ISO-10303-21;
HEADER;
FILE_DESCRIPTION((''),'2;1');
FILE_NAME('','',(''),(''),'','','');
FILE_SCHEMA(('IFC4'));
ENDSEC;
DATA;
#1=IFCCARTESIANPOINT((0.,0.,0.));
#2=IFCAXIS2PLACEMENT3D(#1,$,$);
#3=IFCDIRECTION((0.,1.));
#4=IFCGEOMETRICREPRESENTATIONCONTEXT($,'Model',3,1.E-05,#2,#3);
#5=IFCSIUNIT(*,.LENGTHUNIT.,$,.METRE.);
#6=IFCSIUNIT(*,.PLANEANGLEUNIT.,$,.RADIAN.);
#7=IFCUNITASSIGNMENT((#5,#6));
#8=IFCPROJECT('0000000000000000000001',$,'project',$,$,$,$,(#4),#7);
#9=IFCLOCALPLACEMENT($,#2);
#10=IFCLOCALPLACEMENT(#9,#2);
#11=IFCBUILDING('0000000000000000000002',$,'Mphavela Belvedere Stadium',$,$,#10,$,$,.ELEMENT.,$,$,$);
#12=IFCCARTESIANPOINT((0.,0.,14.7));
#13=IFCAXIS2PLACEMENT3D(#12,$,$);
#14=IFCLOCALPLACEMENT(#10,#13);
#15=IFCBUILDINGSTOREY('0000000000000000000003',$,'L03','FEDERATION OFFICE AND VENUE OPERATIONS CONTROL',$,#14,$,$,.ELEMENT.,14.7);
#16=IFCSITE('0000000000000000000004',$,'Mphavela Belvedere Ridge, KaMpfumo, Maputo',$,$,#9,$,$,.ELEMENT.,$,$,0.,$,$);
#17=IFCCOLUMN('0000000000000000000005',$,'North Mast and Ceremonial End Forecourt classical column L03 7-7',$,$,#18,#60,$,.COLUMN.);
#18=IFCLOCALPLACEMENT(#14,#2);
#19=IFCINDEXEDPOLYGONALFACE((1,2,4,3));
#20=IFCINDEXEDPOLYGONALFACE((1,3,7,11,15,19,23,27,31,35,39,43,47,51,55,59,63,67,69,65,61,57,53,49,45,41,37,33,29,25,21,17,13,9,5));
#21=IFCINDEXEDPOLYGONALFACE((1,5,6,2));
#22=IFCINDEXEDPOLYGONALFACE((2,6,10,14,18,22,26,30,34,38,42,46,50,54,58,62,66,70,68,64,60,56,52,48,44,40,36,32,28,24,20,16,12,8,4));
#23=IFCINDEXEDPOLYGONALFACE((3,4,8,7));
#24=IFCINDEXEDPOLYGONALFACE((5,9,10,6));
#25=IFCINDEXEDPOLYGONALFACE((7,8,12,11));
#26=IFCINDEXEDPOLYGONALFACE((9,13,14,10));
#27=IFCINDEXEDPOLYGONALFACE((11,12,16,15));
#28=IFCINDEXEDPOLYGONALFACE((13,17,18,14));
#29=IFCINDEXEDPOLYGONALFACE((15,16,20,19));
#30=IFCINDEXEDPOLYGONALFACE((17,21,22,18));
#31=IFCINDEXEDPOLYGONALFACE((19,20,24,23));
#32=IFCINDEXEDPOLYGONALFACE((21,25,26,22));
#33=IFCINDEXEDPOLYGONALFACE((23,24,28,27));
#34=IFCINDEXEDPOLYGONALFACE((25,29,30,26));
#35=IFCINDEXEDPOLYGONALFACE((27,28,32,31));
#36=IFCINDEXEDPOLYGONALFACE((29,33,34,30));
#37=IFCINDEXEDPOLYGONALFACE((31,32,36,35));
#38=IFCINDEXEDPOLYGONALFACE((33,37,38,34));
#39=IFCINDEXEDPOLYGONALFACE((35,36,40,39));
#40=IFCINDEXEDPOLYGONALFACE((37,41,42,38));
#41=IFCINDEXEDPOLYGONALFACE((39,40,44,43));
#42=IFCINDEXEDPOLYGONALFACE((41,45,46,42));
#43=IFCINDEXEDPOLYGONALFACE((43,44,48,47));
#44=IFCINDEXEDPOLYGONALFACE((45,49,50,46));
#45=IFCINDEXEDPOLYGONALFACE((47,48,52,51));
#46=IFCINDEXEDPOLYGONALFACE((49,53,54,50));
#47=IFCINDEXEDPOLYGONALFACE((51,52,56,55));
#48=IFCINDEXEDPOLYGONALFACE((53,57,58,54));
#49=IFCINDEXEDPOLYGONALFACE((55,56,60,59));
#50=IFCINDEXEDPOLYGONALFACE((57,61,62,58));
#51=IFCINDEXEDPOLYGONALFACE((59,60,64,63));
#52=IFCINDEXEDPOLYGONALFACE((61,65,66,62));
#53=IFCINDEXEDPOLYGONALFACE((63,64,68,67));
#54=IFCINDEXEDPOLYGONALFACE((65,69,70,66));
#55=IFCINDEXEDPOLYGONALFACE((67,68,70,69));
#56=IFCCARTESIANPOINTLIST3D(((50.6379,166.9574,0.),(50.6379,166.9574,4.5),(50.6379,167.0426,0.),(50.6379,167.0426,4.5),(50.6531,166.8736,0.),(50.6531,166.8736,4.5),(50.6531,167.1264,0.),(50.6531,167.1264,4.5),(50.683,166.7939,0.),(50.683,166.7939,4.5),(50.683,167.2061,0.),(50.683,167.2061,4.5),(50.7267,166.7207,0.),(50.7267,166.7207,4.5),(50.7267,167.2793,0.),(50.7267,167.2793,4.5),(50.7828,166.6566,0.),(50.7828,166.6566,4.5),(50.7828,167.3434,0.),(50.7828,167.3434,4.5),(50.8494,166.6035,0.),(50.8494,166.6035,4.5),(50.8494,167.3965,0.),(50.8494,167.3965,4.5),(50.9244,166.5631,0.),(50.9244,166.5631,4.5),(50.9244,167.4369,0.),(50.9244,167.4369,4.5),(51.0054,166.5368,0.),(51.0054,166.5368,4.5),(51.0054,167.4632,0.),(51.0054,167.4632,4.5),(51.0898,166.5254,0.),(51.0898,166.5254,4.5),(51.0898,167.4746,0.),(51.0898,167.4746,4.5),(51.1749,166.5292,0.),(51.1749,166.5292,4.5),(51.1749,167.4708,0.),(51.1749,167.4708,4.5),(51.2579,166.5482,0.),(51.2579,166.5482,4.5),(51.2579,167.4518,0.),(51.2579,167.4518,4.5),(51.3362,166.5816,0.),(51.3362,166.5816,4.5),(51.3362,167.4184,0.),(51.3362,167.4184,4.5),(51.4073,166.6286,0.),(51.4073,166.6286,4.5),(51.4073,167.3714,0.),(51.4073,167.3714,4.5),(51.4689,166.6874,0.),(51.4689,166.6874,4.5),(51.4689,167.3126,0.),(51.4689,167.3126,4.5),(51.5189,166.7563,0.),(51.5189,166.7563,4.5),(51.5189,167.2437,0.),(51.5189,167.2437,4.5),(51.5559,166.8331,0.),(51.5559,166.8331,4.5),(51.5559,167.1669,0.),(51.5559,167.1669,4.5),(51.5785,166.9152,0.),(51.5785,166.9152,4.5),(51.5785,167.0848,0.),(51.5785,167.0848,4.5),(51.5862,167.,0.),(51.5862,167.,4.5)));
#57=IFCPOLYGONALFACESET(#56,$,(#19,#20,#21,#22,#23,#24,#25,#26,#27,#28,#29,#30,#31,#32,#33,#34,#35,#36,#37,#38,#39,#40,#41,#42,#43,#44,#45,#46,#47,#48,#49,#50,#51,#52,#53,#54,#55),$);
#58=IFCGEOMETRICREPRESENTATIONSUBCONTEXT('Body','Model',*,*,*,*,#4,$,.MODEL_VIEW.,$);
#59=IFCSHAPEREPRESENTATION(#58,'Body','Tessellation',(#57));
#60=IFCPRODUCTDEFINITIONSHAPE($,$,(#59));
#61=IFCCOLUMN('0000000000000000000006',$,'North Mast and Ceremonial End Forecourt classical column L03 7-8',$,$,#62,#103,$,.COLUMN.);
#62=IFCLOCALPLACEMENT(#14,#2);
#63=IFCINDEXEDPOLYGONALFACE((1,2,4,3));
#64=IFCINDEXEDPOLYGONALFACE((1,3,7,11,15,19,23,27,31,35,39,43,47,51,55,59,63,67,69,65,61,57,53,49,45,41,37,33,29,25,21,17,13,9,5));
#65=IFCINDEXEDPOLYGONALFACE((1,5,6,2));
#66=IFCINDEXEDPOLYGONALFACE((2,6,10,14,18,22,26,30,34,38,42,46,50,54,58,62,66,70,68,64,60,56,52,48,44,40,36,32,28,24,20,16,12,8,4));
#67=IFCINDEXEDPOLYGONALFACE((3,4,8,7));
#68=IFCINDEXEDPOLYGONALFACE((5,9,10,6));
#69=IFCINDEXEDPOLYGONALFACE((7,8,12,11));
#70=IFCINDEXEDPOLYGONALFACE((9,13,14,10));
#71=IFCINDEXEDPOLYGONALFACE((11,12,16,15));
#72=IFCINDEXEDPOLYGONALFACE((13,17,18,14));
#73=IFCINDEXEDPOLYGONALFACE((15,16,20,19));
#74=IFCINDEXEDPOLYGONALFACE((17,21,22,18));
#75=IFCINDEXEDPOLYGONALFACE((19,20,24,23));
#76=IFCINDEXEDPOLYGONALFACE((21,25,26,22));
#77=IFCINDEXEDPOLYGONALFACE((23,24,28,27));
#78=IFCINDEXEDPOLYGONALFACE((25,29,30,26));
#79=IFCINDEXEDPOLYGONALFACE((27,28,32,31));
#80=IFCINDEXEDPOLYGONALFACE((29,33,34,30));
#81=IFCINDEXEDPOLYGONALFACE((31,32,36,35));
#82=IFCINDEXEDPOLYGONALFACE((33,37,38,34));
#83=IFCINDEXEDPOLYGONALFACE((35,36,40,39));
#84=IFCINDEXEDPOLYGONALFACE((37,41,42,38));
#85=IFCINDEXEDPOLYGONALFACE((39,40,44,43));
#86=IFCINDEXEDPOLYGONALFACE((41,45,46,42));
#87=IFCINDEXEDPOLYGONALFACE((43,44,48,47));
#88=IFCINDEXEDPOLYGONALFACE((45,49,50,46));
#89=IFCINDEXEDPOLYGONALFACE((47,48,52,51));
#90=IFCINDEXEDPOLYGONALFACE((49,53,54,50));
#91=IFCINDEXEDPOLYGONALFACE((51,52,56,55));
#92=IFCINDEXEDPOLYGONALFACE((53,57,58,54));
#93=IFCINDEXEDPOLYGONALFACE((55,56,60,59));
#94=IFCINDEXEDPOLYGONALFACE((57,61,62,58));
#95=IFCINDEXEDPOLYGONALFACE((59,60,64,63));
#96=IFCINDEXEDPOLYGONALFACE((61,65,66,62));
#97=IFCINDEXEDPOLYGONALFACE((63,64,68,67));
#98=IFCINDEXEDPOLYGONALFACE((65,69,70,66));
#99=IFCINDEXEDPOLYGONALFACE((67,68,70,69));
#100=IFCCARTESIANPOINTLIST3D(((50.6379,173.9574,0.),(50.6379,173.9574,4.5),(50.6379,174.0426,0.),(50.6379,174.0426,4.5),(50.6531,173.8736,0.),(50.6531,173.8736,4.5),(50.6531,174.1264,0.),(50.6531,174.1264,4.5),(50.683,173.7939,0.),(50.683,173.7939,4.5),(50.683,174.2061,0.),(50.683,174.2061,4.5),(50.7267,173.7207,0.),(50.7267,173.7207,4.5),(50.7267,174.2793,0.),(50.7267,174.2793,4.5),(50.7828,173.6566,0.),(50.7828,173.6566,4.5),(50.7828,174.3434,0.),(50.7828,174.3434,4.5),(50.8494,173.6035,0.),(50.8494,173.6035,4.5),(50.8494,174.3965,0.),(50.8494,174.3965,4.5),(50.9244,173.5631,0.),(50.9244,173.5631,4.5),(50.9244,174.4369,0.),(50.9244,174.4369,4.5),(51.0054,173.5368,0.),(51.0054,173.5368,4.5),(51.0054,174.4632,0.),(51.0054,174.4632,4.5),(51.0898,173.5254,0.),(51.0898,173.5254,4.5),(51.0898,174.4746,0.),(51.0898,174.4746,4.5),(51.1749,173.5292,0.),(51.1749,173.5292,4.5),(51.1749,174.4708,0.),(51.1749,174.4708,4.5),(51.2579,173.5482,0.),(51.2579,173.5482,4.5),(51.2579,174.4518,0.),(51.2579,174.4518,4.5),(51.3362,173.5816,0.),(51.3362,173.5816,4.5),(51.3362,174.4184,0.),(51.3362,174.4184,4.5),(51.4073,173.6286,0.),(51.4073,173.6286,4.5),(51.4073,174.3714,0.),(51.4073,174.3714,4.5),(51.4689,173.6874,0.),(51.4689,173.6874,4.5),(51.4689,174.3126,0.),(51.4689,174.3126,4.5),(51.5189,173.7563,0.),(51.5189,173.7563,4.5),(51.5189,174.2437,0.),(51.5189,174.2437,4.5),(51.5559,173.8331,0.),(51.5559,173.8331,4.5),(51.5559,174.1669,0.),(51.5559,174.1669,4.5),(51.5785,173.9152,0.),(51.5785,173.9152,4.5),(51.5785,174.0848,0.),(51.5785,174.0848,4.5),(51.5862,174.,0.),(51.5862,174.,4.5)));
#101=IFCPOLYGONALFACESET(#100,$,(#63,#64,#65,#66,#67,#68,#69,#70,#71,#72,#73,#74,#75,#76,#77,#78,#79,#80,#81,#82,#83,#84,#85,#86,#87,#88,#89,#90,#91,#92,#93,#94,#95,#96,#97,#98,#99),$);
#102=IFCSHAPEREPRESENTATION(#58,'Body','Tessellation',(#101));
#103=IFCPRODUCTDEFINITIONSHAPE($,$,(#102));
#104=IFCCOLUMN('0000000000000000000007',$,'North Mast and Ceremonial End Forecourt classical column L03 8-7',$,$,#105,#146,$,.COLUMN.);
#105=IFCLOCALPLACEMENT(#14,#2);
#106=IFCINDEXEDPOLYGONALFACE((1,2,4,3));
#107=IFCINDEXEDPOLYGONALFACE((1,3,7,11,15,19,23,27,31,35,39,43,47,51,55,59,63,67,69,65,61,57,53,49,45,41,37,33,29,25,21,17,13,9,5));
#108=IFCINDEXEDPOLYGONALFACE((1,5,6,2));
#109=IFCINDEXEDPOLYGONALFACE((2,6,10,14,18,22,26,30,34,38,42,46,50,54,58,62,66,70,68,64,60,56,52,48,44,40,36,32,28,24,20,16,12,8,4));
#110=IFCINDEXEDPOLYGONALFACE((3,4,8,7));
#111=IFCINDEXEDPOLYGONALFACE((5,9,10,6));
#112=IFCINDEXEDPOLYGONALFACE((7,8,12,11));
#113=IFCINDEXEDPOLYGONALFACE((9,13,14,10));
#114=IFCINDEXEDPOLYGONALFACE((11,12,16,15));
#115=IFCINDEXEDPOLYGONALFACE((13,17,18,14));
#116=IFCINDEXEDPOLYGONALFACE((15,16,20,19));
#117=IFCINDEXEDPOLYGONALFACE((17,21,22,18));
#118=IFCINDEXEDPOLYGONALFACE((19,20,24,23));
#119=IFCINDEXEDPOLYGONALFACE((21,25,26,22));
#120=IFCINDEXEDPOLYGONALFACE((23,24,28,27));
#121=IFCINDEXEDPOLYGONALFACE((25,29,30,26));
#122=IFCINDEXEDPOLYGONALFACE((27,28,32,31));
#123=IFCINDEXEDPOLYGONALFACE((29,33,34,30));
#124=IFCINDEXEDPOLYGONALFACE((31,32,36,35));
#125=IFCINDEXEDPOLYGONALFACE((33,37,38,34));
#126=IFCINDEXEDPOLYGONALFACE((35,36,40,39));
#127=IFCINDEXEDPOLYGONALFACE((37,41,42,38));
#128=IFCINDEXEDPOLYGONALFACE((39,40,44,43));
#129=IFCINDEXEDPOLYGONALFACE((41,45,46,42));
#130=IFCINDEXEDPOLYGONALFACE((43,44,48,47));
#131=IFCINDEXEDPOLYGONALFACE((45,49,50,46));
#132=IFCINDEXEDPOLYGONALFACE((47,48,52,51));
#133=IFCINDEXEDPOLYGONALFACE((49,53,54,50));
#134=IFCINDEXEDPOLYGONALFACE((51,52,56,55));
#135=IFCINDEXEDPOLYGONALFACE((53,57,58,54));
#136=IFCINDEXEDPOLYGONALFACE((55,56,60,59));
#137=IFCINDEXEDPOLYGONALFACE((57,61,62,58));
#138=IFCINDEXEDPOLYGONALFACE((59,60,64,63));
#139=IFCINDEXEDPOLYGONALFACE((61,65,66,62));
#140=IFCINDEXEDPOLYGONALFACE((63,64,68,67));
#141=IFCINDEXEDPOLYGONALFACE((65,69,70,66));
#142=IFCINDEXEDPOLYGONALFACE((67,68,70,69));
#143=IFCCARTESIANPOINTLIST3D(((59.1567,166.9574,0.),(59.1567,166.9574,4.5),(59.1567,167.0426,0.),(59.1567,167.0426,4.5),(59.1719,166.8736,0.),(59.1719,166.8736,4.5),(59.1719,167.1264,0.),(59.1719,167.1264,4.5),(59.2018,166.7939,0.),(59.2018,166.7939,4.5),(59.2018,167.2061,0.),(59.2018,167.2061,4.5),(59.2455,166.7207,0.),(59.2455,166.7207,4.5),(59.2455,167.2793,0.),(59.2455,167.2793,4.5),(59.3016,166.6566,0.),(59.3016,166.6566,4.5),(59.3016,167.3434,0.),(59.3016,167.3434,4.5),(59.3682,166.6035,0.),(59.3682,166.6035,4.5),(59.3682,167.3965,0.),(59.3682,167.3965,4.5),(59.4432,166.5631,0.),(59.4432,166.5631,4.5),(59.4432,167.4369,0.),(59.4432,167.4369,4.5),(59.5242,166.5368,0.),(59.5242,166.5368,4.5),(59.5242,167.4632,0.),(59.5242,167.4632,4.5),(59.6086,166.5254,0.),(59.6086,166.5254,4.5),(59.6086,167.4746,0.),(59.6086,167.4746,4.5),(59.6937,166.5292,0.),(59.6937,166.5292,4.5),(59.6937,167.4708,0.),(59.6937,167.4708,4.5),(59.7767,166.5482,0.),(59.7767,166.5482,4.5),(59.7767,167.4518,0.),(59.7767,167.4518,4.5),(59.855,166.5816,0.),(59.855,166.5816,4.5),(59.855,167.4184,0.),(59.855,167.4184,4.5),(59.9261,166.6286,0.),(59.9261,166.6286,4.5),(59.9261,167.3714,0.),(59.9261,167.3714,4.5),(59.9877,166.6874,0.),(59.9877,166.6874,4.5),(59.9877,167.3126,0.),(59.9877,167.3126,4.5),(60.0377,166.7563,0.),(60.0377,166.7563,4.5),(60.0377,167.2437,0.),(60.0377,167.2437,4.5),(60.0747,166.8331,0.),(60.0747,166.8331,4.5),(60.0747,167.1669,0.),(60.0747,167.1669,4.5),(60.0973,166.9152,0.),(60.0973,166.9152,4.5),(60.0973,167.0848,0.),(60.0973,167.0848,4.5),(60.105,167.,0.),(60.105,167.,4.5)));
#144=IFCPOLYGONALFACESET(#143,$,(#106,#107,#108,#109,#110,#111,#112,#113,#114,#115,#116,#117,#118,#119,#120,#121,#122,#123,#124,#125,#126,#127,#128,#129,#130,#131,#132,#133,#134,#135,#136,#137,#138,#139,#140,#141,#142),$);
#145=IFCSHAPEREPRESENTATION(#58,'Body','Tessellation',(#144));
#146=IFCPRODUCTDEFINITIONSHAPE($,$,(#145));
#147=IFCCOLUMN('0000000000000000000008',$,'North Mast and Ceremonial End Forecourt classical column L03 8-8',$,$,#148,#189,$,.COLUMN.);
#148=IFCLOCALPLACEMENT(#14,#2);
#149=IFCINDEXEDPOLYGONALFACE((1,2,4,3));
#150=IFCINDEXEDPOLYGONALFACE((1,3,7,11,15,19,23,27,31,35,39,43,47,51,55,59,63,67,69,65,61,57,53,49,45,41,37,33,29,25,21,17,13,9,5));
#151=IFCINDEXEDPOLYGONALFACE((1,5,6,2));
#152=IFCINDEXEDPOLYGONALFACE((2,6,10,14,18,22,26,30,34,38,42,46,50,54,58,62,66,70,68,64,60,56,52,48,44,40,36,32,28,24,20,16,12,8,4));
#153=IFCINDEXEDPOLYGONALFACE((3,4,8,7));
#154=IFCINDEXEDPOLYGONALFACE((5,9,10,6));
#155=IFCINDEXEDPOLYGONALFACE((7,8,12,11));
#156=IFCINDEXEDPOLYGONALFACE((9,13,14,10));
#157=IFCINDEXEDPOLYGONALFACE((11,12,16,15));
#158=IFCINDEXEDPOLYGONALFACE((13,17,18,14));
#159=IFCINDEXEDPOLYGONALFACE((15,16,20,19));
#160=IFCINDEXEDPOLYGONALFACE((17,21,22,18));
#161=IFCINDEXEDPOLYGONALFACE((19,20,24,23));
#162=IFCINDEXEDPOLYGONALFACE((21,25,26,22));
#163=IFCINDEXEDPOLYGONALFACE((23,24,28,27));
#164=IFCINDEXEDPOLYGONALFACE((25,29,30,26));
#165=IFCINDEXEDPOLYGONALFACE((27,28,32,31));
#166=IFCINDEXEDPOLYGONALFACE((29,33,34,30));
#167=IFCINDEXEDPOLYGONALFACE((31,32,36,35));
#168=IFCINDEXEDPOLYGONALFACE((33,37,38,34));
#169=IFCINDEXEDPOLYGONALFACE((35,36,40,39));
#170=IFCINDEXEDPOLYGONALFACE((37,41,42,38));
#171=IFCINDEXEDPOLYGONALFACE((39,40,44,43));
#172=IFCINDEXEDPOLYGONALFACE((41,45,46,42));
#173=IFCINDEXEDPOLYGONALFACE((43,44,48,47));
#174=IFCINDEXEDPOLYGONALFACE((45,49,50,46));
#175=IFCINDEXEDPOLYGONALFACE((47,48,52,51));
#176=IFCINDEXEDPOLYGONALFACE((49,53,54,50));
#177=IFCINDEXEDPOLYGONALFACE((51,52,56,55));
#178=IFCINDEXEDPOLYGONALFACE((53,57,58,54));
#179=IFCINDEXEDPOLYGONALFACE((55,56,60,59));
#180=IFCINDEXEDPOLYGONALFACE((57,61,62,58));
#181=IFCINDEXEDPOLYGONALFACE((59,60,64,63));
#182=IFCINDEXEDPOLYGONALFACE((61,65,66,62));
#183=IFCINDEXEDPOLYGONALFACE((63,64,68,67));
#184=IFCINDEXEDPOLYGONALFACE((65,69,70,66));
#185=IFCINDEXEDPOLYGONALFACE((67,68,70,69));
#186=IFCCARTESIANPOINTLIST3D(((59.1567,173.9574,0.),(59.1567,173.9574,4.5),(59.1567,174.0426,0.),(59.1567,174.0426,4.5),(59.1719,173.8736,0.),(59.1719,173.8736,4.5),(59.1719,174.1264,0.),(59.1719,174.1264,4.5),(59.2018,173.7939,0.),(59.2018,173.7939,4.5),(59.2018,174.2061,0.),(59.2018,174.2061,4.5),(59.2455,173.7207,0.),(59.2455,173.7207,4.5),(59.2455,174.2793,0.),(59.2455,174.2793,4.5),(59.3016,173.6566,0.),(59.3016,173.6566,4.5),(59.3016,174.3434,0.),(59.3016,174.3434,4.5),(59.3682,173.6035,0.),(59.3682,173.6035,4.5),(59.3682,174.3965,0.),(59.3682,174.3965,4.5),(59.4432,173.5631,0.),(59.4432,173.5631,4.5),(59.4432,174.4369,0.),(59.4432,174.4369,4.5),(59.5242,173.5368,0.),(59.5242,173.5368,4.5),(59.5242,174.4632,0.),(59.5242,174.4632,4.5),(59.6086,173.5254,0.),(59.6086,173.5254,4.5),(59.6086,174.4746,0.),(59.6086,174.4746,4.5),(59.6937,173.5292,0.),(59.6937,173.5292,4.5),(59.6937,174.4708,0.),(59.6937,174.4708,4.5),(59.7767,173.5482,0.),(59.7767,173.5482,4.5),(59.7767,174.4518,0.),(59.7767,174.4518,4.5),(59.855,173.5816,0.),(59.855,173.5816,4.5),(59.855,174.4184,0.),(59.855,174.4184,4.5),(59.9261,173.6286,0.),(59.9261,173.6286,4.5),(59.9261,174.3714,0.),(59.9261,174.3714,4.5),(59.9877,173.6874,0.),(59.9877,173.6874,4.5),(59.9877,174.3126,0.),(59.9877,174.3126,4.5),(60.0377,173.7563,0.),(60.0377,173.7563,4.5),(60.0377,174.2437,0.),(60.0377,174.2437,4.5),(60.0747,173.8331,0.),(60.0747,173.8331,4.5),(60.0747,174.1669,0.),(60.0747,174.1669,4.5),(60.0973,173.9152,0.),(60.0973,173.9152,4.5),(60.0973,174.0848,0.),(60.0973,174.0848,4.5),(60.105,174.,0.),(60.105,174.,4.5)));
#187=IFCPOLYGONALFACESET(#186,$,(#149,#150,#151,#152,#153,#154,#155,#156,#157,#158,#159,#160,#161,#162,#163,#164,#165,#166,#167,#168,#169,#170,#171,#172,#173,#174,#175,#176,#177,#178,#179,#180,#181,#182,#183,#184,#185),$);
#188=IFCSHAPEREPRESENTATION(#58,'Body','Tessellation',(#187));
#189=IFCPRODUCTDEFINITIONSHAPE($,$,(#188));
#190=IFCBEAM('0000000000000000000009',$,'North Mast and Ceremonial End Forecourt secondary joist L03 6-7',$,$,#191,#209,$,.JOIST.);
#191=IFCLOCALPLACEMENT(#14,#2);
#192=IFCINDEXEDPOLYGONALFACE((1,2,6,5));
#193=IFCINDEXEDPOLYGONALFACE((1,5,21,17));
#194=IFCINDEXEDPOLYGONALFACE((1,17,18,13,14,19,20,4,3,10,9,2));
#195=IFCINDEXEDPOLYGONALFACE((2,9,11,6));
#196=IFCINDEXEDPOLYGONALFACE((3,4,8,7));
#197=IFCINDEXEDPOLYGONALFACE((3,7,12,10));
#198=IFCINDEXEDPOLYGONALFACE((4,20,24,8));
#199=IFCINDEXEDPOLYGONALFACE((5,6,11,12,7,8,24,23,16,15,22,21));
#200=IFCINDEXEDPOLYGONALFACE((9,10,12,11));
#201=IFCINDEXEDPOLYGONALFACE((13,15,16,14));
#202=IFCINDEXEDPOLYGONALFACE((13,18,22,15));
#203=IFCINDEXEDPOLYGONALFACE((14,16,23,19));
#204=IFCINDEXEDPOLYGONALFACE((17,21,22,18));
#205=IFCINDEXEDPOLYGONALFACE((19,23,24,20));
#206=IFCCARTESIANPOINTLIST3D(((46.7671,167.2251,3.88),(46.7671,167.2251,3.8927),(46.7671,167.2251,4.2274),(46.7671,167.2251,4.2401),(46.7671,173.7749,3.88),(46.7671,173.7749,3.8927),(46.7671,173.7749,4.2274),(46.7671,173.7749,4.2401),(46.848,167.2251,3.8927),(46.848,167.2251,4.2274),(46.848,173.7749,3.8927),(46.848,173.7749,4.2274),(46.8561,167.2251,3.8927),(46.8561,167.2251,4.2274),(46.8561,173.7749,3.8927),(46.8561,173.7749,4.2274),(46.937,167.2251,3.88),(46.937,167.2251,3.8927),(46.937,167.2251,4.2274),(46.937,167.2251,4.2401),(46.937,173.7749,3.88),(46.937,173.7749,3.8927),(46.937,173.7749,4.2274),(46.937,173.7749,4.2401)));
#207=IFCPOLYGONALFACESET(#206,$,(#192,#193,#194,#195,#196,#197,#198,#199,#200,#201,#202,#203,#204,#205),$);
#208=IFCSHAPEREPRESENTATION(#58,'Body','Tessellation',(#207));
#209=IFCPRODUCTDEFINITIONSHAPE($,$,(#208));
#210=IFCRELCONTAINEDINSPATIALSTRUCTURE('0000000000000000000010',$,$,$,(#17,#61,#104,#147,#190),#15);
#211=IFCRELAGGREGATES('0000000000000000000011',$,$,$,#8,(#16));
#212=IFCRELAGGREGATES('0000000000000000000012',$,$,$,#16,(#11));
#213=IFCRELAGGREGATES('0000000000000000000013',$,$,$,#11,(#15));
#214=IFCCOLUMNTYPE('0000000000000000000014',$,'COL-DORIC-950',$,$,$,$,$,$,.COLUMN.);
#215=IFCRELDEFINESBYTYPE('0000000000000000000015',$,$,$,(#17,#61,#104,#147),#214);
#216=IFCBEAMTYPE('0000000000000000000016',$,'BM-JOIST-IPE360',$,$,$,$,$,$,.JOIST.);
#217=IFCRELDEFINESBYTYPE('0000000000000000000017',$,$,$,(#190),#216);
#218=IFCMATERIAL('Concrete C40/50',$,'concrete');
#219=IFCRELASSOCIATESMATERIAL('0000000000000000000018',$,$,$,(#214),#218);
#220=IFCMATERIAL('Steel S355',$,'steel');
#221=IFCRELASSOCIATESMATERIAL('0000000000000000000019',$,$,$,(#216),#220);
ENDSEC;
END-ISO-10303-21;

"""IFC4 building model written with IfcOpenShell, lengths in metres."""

from ifc_helpers import new_model, si_unit, direction, frame, origin, origin_2d, place, context, subcontext, project, spatial, circle, i_section, extrude, material, material_profile, profile_set, type_object, element, save


model = new_model("IFC4")

# Units and contexts
model_context = context("Model", 3, precision=1e-05, world=origin(), true_north=direction((0.0, 1.0)))
body_context = subcontext(model_context, "Body", "Model", "MODEL_VIEW")
ifc_project = project(units=[si_unit("LENGTHUNIT", "METRE"), si_unit("PLANEANGLEUNIT", "RADIAN")], contexts=[model_context])

# Site, building, storey
site_placement = place(None, origin())
site = spatial("IfcSite", under=ifc_project, at=site_placement, Name="Mphavela Belvedere Ridge, KaMpfumo, Maputo", CompositionType="ELEMENT", RefElevation=0.0)
building_placement = place(site_placement, origin())
building = spatial("IfcBuilding", under=site, at=building_placement, Name="Mphavela Belvedere Stadium", CompositionType="ELEMENT")
storey_placement = place(building_placement, frame((0.0, 0.0, 14.7)))
storey = spatial("IfcBuildingStorey", under=building, at=storey_placement, Name="L03", Description="FEDERATION OFFICE AND VENUE OPERATIONS CONTROL", CompositionType="ELEMENT", Elevation=14.7)

# Columns
ifc_material_1 = material(Name="Concrete C40/50", Category="concrete")
ifc_material_profile_1 = material_profile(ifc_material_1, circle(Radius=0.4751, at=origin_2d()), Name="COL D950")
ifc_profile_set_1 = profile_set([ifc_material_profile_1], Name="Concrete C40/50")
column_type = type_object("IfcColumnType", Name="COL-DORIC-950", PredefinedType="COLUMN", material=ifc_profile_set_1)
for number, where, z_axis, x_axis, name in (
    (1, (51.1111, 167.0, 0.0), (0.0, 0.0, 1.0), (1.0, 0.0, 0.0), "North Mast and Ceremonial End Forecourt classical column L03 7-7"),
    (2, (51.1111, 174.0, 0.0), (0.0, 0.0, 1.0), (1.0, 0.0, 0.0), "North Mast and Ceremonial End Forecourt classical column L03 7-8"),
    (3, (59.6299, 167.0, 0.0), (0.0, 0.0, 1.0), (1.0, 0.0, 0.0), "North Mast and Ceremonial End Forecourt classical column L03 8-7"),
    (4, (59.6299, 174.0, 0.0), (0.0, 0.0, 1.0), (1.0, 0.0, 0.0), "North Mast and Ceremonial End Forecourt classical column L03 8-8"),
):
    element("IfcColumn", number, at=place(storey_placement, frame(where, z_axis=z_axis, x_axis=x_axis)), inside=storey, type_object=column_type, Name=name, PredefinedType="COLUMN", context=body_context, shape_type="SweptSolid", body=[
        extrude(circle(Radius=0.4751, at=origin_2d()), origin(), (0.0, 0.0, 1.0), 4.5),
    ])

# Beam
ifc_material_2 = material(Name="Steel S355", Category="steel")
ifc_material_profile_2 = material_profile(ifc_material_2, i_section(OverallWidth=0.1699, OverallDepth=0.3601, WebThickness=0.0081, FlangeThickness=0.0127, at=origin_2d()), Name="IPE 360")
ifc_profile_set_2 = profile_set([ifc_material_profile_2], Name="Steel S355")
beam_type_1 = type_object("IfcBeamType", Name="BM-JOIST-IPE360", PredefinedType="JOIST", material=ifc_profile_set_2)
for number, where, z_axis, x_axis, name in (
    (5, (46.8521, 167.2251, 4.0601), (0.0, 1.0, 0.0), (-1.0, 0.0, 0.0), "North Mast and Ceremonial End Forecourt secondary joist L03 6-7"),
):
    element("IfcBeam", number, at=place(storey_placement, frame(where, z_axis=z_axis, x_axis=x_axis)), inside=storey, type_object=beam_type_1, Name=name, PredefinedType="JOIST", context=body_context, shape_type="SweptSolid", body=[
        extrude(i_section(OverallWidth=0.1699, OverallDepth=0.3601, WebThickness=0.0081, FlangeThickness=0.0127, at=origin_2d()), origin(), (0.0, 0.0, 1.0), 6.5498),
    ])

save(model, "model.ifc")
